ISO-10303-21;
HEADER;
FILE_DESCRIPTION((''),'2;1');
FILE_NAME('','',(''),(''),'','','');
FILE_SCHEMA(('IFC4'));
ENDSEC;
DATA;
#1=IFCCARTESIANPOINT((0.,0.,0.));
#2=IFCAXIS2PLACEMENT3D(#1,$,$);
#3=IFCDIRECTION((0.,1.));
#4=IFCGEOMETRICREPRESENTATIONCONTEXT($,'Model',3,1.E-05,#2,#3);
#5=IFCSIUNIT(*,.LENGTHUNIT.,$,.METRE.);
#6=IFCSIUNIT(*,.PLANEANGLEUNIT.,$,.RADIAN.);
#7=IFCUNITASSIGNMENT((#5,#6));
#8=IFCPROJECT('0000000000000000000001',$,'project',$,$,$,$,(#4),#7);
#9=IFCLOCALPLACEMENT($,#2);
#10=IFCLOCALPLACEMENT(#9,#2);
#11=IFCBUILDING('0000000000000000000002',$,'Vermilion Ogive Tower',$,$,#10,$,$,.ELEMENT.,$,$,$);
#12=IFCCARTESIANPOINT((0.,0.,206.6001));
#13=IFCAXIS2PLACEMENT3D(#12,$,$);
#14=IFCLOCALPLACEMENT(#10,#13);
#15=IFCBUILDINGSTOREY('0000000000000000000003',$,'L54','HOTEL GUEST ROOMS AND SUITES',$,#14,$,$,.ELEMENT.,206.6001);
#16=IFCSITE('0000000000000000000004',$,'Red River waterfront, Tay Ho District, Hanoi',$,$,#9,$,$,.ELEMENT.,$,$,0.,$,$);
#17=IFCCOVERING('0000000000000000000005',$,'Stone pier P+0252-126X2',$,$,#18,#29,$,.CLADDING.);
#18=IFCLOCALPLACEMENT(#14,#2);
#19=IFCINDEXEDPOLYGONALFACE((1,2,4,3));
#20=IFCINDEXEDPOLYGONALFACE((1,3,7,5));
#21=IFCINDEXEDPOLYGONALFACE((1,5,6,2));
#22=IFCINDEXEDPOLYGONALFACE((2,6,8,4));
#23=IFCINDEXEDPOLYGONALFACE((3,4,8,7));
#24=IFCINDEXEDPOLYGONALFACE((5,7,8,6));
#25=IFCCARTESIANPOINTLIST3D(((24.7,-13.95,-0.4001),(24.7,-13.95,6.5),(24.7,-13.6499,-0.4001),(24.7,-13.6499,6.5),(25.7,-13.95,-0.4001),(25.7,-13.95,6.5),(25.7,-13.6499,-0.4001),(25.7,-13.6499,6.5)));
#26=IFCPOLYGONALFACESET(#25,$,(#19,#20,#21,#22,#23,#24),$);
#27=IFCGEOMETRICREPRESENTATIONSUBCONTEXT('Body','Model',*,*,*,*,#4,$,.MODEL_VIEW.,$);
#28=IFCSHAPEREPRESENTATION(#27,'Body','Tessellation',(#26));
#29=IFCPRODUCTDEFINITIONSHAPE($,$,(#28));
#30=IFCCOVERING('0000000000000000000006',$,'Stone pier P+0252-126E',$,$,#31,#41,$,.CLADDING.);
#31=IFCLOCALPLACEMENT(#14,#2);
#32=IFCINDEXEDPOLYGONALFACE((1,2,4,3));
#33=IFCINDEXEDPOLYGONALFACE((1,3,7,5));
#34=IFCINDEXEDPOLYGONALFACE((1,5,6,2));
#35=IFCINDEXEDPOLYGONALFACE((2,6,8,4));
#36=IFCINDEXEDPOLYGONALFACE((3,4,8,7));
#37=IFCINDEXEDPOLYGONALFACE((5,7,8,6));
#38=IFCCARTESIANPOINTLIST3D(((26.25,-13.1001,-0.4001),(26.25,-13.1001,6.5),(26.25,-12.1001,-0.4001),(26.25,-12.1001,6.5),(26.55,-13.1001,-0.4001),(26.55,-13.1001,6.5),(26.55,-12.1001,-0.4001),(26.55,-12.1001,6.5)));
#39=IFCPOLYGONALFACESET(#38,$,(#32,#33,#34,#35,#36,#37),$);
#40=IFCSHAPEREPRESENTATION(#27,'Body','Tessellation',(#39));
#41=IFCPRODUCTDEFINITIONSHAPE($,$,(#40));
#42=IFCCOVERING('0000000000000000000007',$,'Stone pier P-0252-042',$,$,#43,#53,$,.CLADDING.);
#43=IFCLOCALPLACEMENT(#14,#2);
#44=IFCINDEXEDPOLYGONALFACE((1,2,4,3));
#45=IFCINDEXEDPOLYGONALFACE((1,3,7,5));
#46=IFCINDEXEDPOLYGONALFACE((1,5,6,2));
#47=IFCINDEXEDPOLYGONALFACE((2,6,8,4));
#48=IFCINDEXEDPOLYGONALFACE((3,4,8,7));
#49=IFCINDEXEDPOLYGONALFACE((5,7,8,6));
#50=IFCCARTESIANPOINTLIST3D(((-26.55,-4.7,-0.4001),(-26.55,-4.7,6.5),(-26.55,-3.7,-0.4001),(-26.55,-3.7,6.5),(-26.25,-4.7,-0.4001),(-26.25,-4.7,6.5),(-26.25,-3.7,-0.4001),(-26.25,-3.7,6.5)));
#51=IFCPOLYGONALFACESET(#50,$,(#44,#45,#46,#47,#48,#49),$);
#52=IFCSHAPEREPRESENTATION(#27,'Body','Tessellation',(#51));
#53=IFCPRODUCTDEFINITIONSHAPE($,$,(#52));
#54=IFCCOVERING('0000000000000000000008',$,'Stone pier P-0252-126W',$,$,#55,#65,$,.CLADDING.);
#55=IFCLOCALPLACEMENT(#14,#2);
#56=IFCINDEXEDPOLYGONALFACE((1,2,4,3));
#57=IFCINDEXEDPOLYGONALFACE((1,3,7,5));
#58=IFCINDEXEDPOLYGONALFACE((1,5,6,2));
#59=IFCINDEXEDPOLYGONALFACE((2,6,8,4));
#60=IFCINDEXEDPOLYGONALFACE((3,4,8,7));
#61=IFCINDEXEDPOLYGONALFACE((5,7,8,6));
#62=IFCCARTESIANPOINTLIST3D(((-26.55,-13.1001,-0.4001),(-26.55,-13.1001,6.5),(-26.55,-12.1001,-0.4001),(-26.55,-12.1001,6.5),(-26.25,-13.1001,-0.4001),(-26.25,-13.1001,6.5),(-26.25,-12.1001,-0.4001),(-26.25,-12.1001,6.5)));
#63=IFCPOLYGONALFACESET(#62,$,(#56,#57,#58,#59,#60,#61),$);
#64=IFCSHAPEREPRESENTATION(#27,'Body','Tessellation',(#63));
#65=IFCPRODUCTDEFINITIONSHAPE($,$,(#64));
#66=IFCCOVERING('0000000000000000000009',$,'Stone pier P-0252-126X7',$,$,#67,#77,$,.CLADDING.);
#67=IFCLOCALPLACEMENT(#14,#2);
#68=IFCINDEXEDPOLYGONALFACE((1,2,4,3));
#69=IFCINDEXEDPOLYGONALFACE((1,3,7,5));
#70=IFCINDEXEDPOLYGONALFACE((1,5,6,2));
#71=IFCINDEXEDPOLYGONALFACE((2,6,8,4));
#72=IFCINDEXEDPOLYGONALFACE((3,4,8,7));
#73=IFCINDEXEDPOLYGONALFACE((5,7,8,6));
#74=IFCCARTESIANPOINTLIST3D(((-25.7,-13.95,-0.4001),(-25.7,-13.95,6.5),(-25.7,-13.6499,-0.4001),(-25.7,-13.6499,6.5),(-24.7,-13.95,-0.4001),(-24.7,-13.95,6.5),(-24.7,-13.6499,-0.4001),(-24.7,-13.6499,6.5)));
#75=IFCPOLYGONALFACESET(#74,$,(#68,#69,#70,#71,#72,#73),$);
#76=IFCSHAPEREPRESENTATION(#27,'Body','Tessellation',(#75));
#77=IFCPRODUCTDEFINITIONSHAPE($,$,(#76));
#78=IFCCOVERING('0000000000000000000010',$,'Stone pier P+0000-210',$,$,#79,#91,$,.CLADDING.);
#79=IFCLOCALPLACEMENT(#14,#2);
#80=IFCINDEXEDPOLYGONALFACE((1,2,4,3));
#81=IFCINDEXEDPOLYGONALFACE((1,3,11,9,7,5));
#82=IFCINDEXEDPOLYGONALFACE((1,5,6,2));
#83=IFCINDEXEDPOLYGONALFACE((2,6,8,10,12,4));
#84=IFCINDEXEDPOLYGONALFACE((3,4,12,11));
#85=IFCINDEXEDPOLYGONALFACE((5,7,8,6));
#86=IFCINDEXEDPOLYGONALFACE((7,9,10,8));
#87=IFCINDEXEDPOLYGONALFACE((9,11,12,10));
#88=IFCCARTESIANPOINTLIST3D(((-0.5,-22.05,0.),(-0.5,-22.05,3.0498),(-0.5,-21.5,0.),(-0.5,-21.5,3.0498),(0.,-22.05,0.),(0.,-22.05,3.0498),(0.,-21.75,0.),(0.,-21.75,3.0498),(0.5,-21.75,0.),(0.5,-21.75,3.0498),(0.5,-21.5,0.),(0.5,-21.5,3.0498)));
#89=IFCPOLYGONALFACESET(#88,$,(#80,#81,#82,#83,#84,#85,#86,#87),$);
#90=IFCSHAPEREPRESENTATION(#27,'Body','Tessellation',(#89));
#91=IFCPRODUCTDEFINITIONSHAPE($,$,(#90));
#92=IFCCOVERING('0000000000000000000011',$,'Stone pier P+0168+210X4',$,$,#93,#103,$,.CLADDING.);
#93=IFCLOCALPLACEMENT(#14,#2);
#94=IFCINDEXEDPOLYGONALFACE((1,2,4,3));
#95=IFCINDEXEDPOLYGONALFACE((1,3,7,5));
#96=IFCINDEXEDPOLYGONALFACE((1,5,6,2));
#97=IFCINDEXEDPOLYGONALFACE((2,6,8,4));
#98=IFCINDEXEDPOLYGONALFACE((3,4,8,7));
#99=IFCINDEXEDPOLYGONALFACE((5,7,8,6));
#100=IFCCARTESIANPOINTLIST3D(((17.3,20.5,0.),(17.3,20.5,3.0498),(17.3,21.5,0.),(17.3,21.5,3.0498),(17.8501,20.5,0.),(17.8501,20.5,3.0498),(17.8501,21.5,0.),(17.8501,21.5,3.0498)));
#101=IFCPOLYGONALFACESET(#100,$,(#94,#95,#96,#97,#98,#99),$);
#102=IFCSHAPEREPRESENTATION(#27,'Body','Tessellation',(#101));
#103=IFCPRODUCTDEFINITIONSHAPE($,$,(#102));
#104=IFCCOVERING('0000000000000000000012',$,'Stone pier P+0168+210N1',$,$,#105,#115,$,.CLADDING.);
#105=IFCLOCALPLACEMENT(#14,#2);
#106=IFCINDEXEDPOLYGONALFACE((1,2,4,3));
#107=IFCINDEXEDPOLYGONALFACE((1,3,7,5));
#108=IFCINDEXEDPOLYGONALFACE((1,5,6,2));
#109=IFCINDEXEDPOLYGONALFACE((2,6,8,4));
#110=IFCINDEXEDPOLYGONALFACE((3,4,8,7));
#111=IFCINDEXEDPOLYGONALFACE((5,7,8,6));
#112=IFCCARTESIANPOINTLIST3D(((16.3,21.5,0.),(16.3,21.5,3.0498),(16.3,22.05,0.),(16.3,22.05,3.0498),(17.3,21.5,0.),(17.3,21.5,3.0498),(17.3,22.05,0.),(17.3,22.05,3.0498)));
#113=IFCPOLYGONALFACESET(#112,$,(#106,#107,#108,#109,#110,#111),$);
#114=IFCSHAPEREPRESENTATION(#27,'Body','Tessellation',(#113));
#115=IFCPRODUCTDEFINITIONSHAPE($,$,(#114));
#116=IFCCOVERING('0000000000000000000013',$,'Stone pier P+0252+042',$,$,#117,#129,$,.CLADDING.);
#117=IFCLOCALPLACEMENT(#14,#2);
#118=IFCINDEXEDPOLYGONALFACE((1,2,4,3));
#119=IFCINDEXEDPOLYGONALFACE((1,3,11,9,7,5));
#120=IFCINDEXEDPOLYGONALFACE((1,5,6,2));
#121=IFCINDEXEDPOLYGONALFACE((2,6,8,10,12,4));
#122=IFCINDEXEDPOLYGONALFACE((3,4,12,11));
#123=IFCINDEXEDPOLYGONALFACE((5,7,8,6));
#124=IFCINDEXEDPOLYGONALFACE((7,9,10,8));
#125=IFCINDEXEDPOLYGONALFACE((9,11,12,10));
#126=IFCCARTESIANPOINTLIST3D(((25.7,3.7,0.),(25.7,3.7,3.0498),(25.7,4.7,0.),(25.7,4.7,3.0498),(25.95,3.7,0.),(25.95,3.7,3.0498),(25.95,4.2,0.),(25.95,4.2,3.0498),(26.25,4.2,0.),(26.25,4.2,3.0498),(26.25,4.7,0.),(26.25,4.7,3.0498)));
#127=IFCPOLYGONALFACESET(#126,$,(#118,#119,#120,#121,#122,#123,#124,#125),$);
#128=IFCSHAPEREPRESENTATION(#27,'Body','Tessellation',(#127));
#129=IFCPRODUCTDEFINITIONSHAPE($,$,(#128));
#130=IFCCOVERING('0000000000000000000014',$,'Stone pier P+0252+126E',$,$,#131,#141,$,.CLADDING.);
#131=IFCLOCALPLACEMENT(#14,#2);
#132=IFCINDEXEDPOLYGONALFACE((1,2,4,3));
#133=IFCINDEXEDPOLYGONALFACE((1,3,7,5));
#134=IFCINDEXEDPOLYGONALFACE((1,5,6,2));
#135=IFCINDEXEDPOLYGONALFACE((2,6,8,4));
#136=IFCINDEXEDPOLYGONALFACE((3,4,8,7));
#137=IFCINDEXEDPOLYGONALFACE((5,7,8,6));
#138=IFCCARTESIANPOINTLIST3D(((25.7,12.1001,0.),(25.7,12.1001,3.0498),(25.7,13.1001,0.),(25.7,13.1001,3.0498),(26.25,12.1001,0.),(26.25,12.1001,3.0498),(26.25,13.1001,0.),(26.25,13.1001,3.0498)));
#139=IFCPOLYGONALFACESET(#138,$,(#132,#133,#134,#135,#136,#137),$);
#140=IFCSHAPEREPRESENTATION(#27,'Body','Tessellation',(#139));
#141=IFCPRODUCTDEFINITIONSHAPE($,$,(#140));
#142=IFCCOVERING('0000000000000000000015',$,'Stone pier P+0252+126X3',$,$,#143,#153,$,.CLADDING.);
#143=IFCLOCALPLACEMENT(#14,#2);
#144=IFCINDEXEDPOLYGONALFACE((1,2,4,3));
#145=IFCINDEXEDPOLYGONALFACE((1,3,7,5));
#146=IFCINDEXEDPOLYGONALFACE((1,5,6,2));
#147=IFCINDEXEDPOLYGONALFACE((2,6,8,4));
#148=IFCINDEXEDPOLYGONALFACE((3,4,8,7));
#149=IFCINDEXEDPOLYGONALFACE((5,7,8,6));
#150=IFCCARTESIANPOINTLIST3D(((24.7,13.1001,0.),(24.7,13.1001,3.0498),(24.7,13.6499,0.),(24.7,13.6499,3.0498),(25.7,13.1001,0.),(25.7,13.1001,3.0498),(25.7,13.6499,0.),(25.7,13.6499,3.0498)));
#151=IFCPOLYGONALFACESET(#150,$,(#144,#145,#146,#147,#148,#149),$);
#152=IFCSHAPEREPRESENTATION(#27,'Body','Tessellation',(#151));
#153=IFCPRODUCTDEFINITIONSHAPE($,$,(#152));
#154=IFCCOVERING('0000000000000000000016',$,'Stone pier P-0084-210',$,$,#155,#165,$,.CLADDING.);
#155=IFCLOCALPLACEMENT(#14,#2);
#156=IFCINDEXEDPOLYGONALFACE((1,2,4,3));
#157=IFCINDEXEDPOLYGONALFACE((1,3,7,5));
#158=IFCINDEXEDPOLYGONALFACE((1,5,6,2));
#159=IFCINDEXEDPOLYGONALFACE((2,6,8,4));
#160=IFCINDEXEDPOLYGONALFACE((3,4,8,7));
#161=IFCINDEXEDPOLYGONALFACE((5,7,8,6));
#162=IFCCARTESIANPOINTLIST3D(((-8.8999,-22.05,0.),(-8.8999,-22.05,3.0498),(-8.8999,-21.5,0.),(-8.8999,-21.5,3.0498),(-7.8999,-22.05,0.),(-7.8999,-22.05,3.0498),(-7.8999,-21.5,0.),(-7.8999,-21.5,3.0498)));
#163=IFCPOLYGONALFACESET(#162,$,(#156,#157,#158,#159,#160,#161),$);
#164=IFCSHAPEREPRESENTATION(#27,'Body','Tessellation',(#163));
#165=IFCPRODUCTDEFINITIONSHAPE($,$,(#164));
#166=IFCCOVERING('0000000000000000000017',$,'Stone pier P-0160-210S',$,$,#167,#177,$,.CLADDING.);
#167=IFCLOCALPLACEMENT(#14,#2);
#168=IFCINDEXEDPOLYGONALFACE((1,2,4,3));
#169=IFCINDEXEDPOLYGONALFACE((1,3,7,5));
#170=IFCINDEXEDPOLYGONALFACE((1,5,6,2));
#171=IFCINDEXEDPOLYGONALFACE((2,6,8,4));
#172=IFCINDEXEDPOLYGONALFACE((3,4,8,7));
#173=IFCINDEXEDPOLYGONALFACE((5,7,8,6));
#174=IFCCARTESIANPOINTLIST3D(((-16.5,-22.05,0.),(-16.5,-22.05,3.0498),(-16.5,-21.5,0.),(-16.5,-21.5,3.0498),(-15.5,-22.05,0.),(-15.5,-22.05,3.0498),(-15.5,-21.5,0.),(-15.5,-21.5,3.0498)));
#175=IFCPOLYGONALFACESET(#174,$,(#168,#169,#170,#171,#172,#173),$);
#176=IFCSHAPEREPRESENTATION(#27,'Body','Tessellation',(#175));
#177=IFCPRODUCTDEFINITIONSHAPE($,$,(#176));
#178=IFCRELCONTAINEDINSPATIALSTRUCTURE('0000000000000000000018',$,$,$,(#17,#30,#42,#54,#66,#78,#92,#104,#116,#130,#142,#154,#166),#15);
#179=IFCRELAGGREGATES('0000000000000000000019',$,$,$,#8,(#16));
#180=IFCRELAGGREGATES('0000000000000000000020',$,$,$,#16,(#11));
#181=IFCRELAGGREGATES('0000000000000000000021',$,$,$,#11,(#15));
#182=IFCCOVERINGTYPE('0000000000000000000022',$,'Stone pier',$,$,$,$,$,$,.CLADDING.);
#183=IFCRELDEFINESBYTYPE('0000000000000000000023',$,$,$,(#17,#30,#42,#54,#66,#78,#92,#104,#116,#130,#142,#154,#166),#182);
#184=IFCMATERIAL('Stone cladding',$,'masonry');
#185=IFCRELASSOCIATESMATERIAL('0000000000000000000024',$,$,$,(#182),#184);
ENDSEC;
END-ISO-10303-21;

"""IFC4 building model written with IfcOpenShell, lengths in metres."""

from ifc_helpers import new_model, si_unit, direction, frame, origin, place, context, subcontext, project, spatial, polyline, outline, extrude, material, type_object, element, save


model = new_model("IFC4")

# Units and contexts
model_context = context("Model", 3, precision=1e-05, world=origin(), true_north=direction((0.0, 1.0)))
body_context = subcontext(model_context, "Body", "Model", "MODEL_VIEW")
ifc_project = project(units=[si_unit("LENGTHUNIT", "METRE"), si_unit("PLANEANGLEUNIT", "RADIAN")], contexts=[model_context])

# Site, building, storey
site_placement = place(None, origin())
site = spatial("IfcSite", under=ifc_project, at=site_placement, Name="Red River waterfront, Tay Ho District, Hanoi", CompositionType="ELEMENT", RefElevation=0.0)
building_placement = place(site_placement, origin())
building = spatial("IfcBuilding", under=site, at=building_placement, Name="Vermilion Ogive Tower", CompositionType="ELEMENT")
storey_placement = place(building_placement, frame((0.0, 0.0, 206.6001)))
storey = spatial("IfcBuildingStorey", under=building, at=storey_placement, Name="L54", Description="HOTEL GUEST ROOMS AND SUITES", CompositionType="ELEMENT", Elevation=206.6001)

# Coverings
ifc_material = material(Name="Stone cladding", Category="masonry")
covering_type = type_object("IfcCoveringType", Name="Stone pier", PredefinedType="CLADDING", material=ifc_material)
covering_1_placement = place(storey_placement, frame((0.0, 0.0, -0.4001)))
element("IfcCovering", 1, at=covering_1_placement, inside=storey, type_object=covering_type, Name="Stone pier P+0252-126X2", PredefinedType="CLADDING", context=body_context, shape_type="SweptSolid", body=[
    extrude(outline(polyline([(25.7, -13.95), (24.7, -13.95), (24.7, -13.6499), (25.7, -13.6499), (25.7, -13.95)])), origin(), (0.0, 0.0, 1.0), 6.9001),
])
covering_2_placement = place(storey_placement, frame((0.0, 0.0, -0.4001)))
element("IfcCovering", 2, at=covering_2_placement, inside=storey, type_object=covering_type, Name="Stone pier P+0252-126E", PredefinedType="CLADDING", context=body_context, shape_type="SweptSolid", body=[
    extrude(outline(polyline([(26.55, -13.1001), (26.25, -13.1001), (26.25, -12.1001), (26.55, -12.1001), (26.55, -13.1001)])), origin(), (0.0, 0.0, 1.0), 6.9001),
])
covering_3_placement = place(storey_placement, frame((0.0, 0.0, -0.4001)))
element("IfcCovering", 3, at=covering_3_placement, inside=storey, type_object=covering_type, Name="Stone pier P-0252-042", PredefinedType="CLADDING", context=body_context, shape_type="SweptSolid", body=[
    extrude(outline(polyline([(-26.55, -4.7), (-26.55, -3.7), (-26.25, -3.7), (-26.25, -4.7), (-26.55, -4.7)])), origin(), (0.0, 0.0, 1.0), 6.9001),
])
covering_4_placement = place(storey_placement, frame((0.0, 0.0, -0.4001)))
element("IfcCovering", 4, at=covering_4_placement, inside=storey, type_object=covering_type, Name="Stone pier P-0252-126W", PredefinedType="CLADDING", context=body_context, shape_type="SweptSolid", body=[
    extrude(outline(polyline([(-26.55, -13.1001), (-26.55, -12.1001), (-26.25, -12.1001), (-26.25, -13.1001), (-26.55, -13.1001)])), origin(), (0.0, 0.0, 1.0), 6.9001),
])
covering_5_placement = place(storey_placement, frame((0.0, 0.0, -0.4001)))
element("IfcCovering", 5, at=covering_5_placement, inside=storey, type_object=covering_type, Name="Stone pier P-0252-126X7", PredefinedType="CLADDING", context=body_context, shape_type="SweptSolid", body=[
    extrude(outline(polyline([(-25.7, -13.95), (-25.7, -13.6499), (-24.7, -13.6499), (-24.7, -13.95), (-25.7, -13.95)])), origin(), (0.0, 0.0, 1.0), 6.9001),
])
covering_6_placement = place(storey_placement, origin())
element("IfcCovering", 6, at=covering_6_placement, inside=storey, type_object=covering_type, Name="Stone pier P+0000-210", PredefinedType="CLADDING", context=body_context, shape_type="SweptSolid", body=[
    extrude(outline(polyline([(0.5, -21.75), (0.0, -21.75), (0.0, -22.05), (-0.5, -22.05), (-0.5, -21.5), (0.5, -21.5), (0.5, -21.75)])), origin(), (0.0, 0.0, 1.0), 3.0498),
])
covering_7_placement = place(storey_placement, origin())
element("IfcCovering", 7, at=covering_7_placement, inside=storey, type_object=covering_type, Name="Stone pier P+0168+210X4", PredefinedType="CLADDING", context=body_context, shape_type="SweptSolid", body=[
    extrude(outline(polyline([(17.8501, 21.5), (17.8501, 20.5), (17.3, 20.5), (17.3, 21.5), (17.8501, 21.5)])), origin(), (0.0, 0.0, 1.0), 3.0498),
])
covering_8_placement = place(storey_placement, origin())
element("IfcCovering", 8, at=covering_8_placement, inside=storey, type_object=covering_type, Name="Stone pier P+0168+210N1", PredefinedType="CLADDING", context=body_context, shape_type="SweptSolid", body=[
    extrude(outline(polyline([(17.3, 22.05), (17.3, 21.5), (16.3, 21.5), (16.3, 22.05), (17.3, 22.05)])), origin(), (0.0, 0.0, 1.0), 3.0498),
])
covering_9_placement = place(storey_placement, origin())
element("IfcCovering", 9, at=covering_9_placement, inside=storey, type_object=covering_type, Name="Stone pier P+0252+042", PredefinedType="CLADDING", context=body_context, shape_type="SweptSolid", body=[
    extrude(outline(polyline([(25.7, 4.7), (26.25, 4.7), (26.25, 4.2), (25.95, 4.2), (25.95, 3.7), (25.7, 3.7), (25.7, 4.7), (25.7, 4.7)])), origin(), (0.0, 0.0, 1.0), 3.0498),
])
covering_10_placement = place(storey_placement, origin())
element("IfcCovering", 10, at=covering_10_placement, inside=storey, type_object=covering_type, Name="Stone pier P+0252+126E", PredefinedType="CLADDING", context=body_context, shape_type="SweptSolid", body=[
    extrude(outline(polyline([(26.25, 13.1001), (26.25, 12.1001), (25.7, 12.1001), (25.7, 13.1001), (26.25, 13.1001)])), origin(), (0.0, 0.0, 1.0), 3.0498),
])
covering_11_placement = place(storey_placement, origin())
element("IfcCovering", 11, at=covering_11_placement, inside=storey, type_object=covering_type, Name="Stone pier P+0252+126X3", PredefinedType="CLADDING", context=body_context, shape_type="SweptSolid", body=[
    extrude(outline(polyline([(25.7, 13.6499), (25.7, 13.1001), (24.7, 13.1001), (24.7, 13.6499), (25.7, 13.6499)])), origin(), (0.0, 0.0, 1.0), 3.0498),
])
covering_12_placement = place(storey_placement, origin())
element("IfcCovering", 12, at=covering_12_placement, inside=storey, type_object=covering_type, Name="Stone pier P-0084-210", PredefinedType="CLADDING", context=body_context, shape_type="SweptSolid", body=[
    extrude(outline(polyline([(-7.8999, -22.05), (-8.8999, -22.05), (-8.8999, -21.5), (-7.8999, -21.5), (-7.8999, -22.05)])), origin(), (0.0, 0.0, 1.0), 3.0498),
])
covering_13_placement = place(storey_placement, origin())
element("IfcCovering", 13, at=covering_13_placement, inside=storey, type_object=covering_type, Name="Stone pier P-0160-210S", PredefinedType="CLADDING", context=body_context, shape_type="SweptSolid", body=[
    extrude(outline(polyline([(-15.5, -22.05), (-16.5, -22.05), (-16.5, -21.5), (-15.5, -21.5), (-15.5, -22.05)])), origin(), (0.0, 0.0, 1.0), 3.0498),
])

save(model, "model.ifc")
